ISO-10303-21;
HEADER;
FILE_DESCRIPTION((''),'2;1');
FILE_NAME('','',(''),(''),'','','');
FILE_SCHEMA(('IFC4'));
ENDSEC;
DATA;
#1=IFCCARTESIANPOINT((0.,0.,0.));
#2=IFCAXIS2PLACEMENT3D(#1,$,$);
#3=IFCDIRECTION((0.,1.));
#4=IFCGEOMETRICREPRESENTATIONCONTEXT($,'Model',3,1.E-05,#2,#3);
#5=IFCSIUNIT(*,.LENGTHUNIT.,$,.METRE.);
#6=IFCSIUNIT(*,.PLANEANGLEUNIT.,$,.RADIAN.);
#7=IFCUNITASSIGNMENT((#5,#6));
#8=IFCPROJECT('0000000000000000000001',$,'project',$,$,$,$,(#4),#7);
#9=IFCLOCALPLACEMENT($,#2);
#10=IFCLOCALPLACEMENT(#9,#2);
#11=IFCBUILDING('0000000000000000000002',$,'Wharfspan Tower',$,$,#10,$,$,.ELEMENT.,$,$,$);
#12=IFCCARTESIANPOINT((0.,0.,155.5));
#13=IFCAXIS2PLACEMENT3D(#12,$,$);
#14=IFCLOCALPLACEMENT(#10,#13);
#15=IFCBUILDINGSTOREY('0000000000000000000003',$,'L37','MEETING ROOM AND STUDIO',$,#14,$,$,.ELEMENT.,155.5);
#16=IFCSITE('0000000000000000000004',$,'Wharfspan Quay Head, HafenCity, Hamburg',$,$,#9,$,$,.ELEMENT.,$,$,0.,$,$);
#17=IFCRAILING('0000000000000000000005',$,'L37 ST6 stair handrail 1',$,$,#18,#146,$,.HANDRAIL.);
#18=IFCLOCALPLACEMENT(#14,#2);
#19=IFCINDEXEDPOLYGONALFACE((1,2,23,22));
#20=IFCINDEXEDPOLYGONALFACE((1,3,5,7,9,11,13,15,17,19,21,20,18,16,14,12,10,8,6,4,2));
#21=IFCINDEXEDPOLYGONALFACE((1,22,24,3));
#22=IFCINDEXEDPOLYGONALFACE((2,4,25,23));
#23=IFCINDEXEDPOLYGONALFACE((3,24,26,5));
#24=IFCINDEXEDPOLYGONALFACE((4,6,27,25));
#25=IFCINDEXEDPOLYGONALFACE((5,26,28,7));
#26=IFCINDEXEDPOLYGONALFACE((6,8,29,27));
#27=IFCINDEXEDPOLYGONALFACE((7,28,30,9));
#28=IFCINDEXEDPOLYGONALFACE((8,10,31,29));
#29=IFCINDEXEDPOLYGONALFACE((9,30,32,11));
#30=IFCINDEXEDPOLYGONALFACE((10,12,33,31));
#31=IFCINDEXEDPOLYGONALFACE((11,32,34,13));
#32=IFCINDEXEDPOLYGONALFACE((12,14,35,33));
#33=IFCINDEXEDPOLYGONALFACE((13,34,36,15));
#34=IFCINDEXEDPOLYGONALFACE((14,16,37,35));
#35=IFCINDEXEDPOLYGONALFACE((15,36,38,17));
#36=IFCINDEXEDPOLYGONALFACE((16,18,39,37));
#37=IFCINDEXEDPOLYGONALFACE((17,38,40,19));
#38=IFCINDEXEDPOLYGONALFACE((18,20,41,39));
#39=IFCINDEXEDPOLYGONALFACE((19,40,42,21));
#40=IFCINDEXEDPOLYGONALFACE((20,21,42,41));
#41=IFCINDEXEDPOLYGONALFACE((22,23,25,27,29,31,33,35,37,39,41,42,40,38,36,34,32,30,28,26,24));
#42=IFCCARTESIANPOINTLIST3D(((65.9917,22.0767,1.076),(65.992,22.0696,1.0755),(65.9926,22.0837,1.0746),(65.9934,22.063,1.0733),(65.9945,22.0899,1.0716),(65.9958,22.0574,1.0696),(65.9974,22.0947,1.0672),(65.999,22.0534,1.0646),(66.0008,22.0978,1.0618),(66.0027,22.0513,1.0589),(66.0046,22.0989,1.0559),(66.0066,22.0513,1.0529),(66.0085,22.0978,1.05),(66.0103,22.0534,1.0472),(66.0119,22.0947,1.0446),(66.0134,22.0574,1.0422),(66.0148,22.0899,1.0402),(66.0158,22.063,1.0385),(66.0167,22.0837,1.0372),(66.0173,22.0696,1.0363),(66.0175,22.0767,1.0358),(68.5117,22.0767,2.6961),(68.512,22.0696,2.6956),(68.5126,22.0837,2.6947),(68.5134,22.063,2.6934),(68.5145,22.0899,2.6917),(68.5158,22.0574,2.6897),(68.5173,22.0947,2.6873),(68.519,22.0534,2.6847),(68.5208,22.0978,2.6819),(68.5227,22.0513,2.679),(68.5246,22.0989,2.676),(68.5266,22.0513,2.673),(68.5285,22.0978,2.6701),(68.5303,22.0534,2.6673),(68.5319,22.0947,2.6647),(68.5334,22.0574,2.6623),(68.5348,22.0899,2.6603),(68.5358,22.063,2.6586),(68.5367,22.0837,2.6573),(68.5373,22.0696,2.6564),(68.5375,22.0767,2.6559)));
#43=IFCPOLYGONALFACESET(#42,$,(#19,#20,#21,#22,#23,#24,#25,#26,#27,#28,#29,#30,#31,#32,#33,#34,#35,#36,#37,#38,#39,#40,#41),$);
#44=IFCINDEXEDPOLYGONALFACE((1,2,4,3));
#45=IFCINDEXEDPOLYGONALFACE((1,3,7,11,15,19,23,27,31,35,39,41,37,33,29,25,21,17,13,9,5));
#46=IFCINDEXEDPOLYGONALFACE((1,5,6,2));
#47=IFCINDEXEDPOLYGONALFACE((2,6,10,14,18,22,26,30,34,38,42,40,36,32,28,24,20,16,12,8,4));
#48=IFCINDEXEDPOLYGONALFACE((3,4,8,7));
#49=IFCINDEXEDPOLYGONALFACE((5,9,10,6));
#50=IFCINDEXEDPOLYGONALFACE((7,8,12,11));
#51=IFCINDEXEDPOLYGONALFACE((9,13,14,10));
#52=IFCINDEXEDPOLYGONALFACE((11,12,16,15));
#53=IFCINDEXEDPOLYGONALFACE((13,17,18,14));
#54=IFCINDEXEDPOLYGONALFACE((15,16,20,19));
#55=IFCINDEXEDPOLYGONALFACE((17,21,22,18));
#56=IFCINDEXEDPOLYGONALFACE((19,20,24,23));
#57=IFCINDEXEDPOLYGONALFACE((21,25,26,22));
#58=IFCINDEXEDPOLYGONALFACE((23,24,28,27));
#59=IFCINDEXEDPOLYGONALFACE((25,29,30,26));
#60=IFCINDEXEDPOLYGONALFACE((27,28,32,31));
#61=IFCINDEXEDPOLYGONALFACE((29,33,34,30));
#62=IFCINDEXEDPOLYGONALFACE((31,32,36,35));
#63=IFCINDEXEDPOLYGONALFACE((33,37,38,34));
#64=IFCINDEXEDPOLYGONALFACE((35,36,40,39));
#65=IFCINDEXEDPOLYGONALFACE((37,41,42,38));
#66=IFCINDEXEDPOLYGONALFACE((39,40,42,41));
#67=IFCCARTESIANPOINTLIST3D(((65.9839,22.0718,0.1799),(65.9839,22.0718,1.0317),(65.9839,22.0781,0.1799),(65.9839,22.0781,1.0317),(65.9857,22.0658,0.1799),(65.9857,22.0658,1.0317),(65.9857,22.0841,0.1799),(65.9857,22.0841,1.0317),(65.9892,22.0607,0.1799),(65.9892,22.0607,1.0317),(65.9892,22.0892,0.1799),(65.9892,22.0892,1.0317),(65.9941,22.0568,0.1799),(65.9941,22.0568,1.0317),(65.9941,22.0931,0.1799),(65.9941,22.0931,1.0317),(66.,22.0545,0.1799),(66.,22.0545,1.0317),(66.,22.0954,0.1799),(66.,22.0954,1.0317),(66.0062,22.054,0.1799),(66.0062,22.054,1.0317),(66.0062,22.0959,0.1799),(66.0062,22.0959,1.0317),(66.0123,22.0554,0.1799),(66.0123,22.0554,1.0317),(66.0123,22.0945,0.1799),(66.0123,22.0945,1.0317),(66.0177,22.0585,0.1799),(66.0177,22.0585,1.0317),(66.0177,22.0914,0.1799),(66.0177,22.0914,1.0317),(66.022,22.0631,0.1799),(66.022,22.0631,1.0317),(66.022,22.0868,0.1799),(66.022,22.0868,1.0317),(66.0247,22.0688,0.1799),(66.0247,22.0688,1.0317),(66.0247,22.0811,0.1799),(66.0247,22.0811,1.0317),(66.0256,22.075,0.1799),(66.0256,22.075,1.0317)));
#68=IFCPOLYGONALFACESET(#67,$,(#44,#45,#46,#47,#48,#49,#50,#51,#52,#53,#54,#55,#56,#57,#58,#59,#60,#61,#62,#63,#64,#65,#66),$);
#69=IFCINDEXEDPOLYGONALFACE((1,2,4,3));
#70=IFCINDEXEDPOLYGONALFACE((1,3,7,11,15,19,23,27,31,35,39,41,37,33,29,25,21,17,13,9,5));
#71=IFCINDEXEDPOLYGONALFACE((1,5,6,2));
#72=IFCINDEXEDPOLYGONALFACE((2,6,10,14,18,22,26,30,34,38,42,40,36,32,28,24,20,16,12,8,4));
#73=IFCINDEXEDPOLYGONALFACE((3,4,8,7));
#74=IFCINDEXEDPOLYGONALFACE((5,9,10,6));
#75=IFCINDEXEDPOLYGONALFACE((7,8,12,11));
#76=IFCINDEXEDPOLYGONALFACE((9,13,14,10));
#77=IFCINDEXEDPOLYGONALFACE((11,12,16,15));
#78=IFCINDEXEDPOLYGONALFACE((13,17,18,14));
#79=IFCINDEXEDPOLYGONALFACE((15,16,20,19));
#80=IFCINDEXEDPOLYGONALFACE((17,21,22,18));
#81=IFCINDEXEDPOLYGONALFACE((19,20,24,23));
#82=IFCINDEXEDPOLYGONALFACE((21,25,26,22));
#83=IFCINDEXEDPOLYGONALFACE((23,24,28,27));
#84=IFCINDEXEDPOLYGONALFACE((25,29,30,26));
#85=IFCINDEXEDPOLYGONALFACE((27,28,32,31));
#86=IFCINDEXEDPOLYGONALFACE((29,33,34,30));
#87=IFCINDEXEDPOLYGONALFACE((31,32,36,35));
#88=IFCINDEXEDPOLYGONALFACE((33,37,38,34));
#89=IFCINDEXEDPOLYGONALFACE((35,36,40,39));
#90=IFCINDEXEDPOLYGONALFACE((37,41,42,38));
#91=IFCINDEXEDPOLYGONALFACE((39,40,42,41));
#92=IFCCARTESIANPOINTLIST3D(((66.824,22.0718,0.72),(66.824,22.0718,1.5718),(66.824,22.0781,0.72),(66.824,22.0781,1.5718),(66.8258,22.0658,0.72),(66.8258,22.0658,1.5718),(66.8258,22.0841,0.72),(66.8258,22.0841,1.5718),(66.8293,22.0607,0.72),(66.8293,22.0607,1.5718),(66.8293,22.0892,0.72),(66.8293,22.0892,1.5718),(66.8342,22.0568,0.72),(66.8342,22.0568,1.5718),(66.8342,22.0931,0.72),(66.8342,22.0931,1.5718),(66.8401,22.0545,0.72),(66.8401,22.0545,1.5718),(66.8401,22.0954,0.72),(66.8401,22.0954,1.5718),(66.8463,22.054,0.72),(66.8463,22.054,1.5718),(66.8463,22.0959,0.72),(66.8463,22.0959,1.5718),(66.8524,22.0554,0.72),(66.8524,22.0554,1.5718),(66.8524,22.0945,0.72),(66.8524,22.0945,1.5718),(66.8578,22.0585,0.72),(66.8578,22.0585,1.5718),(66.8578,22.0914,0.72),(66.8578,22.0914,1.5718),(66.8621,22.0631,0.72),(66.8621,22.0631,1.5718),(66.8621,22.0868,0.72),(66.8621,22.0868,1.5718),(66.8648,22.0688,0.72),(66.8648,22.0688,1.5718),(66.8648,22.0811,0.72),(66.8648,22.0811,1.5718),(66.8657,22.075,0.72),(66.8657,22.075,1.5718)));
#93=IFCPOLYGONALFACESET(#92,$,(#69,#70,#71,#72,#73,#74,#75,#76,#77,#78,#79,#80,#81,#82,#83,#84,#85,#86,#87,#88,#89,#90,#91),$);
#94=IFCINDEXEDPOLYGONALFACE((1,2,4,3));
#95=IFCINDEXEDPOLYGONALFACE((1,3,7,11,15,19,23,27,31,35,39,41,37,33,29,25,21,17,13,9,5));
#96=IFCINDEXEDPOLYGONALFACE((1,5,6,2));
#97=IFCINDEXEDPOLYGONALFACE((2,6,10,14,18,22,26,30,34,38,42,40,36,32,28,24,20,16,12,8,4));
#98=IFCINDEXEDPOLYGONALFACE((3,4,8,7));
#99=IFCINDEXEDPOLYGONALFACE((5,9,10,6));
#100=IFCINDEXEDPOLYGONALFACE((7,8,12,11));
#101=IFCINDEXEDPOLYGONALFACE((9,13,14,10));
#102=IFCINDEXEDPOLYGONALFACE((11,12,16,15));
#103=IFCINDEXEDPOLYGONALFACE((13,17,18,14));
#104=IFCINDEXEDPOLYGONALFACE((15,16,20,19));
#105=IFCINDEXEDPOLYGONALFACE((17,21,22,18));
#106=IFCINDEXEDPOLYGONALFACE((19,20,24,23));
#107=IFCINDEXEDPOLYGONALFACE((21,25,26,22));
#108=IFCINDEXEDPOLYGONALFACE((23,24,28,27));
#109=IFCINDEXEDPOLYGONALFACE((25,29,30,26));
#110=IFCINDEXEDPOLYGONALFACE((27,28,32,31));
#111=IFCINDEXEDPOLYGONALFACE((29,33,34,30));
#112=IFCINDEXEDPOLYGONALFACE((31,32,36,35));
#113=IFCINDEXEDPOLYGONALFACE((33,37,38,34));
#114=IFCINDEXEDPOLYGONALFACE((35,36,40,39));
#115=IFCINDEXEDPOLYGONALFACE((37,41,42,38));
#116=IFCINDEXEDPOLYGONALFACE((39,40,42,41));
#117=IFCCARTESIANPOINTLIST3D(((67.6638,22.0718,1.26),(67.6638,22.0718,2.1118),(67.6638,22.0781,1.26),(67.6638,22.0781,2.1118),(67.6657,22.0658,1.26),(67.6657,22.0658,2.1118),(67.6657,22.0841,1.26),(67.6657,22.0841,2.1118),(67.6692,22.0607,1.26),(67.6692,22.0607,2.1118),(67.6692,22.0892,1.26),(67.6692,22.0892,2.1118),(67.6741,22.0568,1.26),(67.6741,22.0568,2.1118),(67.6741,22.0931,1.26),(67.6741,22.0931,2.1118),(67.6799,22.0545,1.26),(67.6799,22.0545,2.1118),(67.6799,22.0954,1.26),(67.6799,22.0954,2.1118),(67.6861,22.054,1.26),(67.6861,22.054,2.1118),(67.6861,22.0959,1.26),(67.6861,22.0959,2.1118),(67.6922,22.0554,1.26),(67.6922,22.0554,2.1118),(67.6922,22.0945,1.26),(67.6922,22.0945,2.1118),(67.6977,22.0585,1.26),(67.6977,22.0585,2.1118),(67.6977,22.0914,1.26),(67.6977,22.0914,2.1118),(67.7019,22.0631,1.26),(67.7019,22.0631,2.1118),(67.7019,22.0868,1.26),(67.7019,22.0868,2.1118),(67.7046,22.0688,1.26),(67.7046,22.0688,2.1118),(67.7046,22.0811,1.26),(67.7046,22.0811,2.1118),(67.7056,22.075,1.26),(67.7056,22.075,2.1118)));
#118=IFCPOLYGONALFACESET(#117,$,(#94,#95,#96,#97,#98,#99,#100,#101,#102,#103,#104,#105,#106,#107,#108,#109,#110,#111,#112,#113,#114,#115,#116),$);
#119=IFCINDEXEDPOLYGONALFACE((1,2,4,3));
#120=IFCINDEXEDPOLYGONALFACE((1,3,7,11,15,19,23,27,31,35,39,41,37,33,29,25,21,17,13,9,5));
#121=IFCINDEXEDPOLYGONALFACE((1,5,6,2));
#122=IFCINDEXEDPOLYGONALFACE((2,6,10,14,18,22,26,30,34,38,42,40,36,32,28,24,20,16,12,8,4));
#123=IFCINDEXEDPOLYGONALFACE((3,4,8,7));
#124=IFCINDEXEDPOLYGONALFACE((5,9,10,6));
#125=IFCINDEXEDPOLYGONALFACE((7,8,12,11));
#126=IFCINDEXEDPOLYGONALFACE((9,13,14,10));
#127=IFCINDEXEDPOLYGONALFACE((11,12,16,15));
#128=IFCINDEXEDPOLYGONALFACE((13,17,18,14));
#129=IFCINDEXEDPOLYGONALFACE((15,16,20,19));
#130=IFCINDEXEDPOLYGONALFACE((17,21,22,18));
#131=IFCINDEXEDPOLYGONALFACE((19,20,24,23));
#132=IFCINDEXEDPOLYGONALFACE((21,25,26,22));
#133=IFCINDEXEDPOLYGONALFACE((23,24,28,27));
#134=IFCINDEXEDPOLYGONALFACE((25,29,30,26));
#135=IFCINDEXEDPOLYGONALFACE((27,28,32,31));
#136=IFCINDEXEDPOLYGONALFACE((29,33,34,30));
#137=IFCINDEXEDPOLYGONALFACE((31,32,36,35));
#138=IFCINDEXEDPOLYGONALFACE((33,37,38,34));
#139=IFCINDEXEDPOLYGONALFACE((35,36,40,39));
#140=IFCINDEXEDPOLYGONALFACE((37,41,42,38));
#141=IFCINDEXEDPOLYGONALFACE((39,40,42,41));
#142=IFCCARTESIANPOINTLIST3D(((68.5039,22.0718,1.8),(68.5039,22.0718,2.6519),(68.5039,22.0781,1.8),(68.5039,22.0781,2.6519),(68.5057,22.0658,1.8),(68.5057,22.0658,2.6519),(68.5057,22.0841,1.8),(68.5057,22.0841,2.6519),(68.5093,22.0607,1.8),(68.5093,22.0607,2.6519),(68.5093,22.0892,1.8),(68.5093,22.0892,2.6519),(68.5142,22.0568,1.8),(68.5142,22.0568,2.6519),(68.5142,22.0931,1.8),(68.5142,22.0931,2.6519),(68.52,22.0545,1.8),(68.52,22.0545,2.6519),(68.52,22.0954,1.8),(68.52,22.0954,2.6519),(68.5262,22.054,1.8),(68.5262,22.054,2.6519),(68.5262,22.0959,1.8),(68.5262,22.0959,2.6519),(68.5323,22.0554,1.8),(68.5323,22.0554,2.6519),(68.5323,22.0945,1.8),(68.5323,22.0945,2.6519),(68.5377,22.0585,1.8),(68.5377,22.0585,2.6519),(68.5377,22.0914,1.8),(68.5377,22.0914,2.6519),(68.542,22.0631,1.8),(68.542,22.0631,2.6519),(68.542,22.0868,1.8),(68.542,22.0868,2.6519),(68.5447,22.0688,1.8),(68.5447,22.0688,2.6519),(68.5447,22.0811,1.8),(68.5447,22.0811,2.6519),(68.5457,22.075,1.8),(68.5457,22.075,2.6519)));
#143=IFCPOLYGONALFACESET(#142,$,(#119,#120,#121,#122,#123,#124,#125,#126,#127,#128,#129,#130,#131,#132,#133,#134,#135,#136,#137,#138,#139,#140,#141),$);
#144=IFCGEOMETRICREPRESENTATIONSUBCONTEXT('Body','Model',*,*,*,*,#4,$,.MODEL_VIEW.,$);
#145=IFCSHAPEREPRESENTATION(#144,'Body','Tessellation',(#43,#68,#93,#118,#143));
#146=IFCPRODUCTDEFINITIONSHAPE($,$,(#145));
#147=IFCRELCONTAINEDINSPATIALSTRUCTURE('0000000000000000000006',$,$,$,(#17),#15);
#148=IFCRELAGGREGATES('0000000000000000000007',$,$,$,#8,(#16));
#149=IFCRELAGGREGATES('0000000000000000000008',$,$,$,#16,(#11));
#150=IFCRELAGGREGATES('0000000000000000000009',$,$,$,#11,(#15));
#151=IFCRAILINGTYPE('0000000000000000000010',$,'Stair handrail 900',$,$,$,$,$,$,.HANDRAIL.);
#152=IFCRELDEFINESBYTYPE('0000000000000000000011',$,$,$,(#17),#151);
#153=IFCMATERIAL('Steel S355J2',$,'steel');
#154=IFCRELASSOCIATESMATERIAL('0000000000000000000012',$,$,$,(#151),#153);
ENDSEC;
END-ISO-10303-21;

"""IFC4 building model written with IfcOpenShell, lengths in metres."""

from ifc_helpers import new_model, si_unit, direction, frame, origin, origin_2d, place, context, subcontext, project, spatial, circle, extrude, material, type_object, element, save


model = new_model("IFC4")

# Units and contexts
model_context = context("Model", 3, precision=1e-05, world=origin(), true_north=direction((0.0, 1.0)))
body_context = subcontext(model_context, "Body", "Model", "MODEL_VIEW")
ifc_project = project(units=[si_unit("LENGTHUNIT", "METRE"), si_unit("PLANEANGLEUNIT", "RADIAN")], contexts=[model_context])

# Site, building, storey
site_placement = place(None, origin())
site = spatial("IfcSite", under=ifc_project, at=site_placement, Name="Wharfspan Quay Head, HafenCity, Hamburg", CompositionType="ELEMENT", RefElevation=0.0)
building_placement = place(site_placement, origin())
building = spatial("IfcBuilding", under=site, at=building_placement, Name="Wharfspan Tower", CompositionType="ELEMENT")
storey_placement = place(building_placement, frame((0.0, 0.0, 155.5)))
storey = spatial("IfcBuildingStorey", under=building, at=storey_placement, Name="L37", Description="MEETING ROOM AND STUDIO", CompositionType="ELEMENT", Elevation=155.5)

# Railing
ifc_material_1 = material(Name="Steel S355J2", Category="steel")
railing_type_1 = type_object("IfcRailingType", Name="Stair handrail 900", PredefinedType="HANDRAIL", material=ifc_material_1)
railing_1_placement = place(storey_placement, frame((66.0046, 22.075, 0.1799)))
element("IfcRailing", 1, at=railing_1_placement, inside=storey, type_object=railing_type_1, Name="L37 ST6 stair handrail 1", PredefinedType="HANDRAIL", context=body_context, shape_type="SweptSolid", body=[
    extrude(circle(Radius=0.0239, at=origin_2d()), frame((0.0, 0.0, 0.876), z_axis=(0.841163, 0.0, 0.540782), x_axis=(0.0, 1.0, 0.0)), (0.0, 0.0, 1.0), 2.9958),
    extrude(circle(Radius=0.021, at=origin_2d()), origin(), (0.0, 0.0, 1.0), 0.8518),
    extrude(circle(Radius=0.021, at=origin_2d()), frame((0.8401, 0.0, 0.54)), (0.0, 0.0, 1.0), 0.8518),
    extrude(circle(Radius=0.021, at=origin_2d()), frame((1.6799, 0.0, 1.0801)), (0.0, 0.0, 1.0), 0.8518),
    extrude(circle(Radius=0.021, at=origin_2d()), frame((2.52, 0.0, 1.6201)), (0.0, 0.0, 1.0), 0.8518),
])

save(model, "model.ifc")
